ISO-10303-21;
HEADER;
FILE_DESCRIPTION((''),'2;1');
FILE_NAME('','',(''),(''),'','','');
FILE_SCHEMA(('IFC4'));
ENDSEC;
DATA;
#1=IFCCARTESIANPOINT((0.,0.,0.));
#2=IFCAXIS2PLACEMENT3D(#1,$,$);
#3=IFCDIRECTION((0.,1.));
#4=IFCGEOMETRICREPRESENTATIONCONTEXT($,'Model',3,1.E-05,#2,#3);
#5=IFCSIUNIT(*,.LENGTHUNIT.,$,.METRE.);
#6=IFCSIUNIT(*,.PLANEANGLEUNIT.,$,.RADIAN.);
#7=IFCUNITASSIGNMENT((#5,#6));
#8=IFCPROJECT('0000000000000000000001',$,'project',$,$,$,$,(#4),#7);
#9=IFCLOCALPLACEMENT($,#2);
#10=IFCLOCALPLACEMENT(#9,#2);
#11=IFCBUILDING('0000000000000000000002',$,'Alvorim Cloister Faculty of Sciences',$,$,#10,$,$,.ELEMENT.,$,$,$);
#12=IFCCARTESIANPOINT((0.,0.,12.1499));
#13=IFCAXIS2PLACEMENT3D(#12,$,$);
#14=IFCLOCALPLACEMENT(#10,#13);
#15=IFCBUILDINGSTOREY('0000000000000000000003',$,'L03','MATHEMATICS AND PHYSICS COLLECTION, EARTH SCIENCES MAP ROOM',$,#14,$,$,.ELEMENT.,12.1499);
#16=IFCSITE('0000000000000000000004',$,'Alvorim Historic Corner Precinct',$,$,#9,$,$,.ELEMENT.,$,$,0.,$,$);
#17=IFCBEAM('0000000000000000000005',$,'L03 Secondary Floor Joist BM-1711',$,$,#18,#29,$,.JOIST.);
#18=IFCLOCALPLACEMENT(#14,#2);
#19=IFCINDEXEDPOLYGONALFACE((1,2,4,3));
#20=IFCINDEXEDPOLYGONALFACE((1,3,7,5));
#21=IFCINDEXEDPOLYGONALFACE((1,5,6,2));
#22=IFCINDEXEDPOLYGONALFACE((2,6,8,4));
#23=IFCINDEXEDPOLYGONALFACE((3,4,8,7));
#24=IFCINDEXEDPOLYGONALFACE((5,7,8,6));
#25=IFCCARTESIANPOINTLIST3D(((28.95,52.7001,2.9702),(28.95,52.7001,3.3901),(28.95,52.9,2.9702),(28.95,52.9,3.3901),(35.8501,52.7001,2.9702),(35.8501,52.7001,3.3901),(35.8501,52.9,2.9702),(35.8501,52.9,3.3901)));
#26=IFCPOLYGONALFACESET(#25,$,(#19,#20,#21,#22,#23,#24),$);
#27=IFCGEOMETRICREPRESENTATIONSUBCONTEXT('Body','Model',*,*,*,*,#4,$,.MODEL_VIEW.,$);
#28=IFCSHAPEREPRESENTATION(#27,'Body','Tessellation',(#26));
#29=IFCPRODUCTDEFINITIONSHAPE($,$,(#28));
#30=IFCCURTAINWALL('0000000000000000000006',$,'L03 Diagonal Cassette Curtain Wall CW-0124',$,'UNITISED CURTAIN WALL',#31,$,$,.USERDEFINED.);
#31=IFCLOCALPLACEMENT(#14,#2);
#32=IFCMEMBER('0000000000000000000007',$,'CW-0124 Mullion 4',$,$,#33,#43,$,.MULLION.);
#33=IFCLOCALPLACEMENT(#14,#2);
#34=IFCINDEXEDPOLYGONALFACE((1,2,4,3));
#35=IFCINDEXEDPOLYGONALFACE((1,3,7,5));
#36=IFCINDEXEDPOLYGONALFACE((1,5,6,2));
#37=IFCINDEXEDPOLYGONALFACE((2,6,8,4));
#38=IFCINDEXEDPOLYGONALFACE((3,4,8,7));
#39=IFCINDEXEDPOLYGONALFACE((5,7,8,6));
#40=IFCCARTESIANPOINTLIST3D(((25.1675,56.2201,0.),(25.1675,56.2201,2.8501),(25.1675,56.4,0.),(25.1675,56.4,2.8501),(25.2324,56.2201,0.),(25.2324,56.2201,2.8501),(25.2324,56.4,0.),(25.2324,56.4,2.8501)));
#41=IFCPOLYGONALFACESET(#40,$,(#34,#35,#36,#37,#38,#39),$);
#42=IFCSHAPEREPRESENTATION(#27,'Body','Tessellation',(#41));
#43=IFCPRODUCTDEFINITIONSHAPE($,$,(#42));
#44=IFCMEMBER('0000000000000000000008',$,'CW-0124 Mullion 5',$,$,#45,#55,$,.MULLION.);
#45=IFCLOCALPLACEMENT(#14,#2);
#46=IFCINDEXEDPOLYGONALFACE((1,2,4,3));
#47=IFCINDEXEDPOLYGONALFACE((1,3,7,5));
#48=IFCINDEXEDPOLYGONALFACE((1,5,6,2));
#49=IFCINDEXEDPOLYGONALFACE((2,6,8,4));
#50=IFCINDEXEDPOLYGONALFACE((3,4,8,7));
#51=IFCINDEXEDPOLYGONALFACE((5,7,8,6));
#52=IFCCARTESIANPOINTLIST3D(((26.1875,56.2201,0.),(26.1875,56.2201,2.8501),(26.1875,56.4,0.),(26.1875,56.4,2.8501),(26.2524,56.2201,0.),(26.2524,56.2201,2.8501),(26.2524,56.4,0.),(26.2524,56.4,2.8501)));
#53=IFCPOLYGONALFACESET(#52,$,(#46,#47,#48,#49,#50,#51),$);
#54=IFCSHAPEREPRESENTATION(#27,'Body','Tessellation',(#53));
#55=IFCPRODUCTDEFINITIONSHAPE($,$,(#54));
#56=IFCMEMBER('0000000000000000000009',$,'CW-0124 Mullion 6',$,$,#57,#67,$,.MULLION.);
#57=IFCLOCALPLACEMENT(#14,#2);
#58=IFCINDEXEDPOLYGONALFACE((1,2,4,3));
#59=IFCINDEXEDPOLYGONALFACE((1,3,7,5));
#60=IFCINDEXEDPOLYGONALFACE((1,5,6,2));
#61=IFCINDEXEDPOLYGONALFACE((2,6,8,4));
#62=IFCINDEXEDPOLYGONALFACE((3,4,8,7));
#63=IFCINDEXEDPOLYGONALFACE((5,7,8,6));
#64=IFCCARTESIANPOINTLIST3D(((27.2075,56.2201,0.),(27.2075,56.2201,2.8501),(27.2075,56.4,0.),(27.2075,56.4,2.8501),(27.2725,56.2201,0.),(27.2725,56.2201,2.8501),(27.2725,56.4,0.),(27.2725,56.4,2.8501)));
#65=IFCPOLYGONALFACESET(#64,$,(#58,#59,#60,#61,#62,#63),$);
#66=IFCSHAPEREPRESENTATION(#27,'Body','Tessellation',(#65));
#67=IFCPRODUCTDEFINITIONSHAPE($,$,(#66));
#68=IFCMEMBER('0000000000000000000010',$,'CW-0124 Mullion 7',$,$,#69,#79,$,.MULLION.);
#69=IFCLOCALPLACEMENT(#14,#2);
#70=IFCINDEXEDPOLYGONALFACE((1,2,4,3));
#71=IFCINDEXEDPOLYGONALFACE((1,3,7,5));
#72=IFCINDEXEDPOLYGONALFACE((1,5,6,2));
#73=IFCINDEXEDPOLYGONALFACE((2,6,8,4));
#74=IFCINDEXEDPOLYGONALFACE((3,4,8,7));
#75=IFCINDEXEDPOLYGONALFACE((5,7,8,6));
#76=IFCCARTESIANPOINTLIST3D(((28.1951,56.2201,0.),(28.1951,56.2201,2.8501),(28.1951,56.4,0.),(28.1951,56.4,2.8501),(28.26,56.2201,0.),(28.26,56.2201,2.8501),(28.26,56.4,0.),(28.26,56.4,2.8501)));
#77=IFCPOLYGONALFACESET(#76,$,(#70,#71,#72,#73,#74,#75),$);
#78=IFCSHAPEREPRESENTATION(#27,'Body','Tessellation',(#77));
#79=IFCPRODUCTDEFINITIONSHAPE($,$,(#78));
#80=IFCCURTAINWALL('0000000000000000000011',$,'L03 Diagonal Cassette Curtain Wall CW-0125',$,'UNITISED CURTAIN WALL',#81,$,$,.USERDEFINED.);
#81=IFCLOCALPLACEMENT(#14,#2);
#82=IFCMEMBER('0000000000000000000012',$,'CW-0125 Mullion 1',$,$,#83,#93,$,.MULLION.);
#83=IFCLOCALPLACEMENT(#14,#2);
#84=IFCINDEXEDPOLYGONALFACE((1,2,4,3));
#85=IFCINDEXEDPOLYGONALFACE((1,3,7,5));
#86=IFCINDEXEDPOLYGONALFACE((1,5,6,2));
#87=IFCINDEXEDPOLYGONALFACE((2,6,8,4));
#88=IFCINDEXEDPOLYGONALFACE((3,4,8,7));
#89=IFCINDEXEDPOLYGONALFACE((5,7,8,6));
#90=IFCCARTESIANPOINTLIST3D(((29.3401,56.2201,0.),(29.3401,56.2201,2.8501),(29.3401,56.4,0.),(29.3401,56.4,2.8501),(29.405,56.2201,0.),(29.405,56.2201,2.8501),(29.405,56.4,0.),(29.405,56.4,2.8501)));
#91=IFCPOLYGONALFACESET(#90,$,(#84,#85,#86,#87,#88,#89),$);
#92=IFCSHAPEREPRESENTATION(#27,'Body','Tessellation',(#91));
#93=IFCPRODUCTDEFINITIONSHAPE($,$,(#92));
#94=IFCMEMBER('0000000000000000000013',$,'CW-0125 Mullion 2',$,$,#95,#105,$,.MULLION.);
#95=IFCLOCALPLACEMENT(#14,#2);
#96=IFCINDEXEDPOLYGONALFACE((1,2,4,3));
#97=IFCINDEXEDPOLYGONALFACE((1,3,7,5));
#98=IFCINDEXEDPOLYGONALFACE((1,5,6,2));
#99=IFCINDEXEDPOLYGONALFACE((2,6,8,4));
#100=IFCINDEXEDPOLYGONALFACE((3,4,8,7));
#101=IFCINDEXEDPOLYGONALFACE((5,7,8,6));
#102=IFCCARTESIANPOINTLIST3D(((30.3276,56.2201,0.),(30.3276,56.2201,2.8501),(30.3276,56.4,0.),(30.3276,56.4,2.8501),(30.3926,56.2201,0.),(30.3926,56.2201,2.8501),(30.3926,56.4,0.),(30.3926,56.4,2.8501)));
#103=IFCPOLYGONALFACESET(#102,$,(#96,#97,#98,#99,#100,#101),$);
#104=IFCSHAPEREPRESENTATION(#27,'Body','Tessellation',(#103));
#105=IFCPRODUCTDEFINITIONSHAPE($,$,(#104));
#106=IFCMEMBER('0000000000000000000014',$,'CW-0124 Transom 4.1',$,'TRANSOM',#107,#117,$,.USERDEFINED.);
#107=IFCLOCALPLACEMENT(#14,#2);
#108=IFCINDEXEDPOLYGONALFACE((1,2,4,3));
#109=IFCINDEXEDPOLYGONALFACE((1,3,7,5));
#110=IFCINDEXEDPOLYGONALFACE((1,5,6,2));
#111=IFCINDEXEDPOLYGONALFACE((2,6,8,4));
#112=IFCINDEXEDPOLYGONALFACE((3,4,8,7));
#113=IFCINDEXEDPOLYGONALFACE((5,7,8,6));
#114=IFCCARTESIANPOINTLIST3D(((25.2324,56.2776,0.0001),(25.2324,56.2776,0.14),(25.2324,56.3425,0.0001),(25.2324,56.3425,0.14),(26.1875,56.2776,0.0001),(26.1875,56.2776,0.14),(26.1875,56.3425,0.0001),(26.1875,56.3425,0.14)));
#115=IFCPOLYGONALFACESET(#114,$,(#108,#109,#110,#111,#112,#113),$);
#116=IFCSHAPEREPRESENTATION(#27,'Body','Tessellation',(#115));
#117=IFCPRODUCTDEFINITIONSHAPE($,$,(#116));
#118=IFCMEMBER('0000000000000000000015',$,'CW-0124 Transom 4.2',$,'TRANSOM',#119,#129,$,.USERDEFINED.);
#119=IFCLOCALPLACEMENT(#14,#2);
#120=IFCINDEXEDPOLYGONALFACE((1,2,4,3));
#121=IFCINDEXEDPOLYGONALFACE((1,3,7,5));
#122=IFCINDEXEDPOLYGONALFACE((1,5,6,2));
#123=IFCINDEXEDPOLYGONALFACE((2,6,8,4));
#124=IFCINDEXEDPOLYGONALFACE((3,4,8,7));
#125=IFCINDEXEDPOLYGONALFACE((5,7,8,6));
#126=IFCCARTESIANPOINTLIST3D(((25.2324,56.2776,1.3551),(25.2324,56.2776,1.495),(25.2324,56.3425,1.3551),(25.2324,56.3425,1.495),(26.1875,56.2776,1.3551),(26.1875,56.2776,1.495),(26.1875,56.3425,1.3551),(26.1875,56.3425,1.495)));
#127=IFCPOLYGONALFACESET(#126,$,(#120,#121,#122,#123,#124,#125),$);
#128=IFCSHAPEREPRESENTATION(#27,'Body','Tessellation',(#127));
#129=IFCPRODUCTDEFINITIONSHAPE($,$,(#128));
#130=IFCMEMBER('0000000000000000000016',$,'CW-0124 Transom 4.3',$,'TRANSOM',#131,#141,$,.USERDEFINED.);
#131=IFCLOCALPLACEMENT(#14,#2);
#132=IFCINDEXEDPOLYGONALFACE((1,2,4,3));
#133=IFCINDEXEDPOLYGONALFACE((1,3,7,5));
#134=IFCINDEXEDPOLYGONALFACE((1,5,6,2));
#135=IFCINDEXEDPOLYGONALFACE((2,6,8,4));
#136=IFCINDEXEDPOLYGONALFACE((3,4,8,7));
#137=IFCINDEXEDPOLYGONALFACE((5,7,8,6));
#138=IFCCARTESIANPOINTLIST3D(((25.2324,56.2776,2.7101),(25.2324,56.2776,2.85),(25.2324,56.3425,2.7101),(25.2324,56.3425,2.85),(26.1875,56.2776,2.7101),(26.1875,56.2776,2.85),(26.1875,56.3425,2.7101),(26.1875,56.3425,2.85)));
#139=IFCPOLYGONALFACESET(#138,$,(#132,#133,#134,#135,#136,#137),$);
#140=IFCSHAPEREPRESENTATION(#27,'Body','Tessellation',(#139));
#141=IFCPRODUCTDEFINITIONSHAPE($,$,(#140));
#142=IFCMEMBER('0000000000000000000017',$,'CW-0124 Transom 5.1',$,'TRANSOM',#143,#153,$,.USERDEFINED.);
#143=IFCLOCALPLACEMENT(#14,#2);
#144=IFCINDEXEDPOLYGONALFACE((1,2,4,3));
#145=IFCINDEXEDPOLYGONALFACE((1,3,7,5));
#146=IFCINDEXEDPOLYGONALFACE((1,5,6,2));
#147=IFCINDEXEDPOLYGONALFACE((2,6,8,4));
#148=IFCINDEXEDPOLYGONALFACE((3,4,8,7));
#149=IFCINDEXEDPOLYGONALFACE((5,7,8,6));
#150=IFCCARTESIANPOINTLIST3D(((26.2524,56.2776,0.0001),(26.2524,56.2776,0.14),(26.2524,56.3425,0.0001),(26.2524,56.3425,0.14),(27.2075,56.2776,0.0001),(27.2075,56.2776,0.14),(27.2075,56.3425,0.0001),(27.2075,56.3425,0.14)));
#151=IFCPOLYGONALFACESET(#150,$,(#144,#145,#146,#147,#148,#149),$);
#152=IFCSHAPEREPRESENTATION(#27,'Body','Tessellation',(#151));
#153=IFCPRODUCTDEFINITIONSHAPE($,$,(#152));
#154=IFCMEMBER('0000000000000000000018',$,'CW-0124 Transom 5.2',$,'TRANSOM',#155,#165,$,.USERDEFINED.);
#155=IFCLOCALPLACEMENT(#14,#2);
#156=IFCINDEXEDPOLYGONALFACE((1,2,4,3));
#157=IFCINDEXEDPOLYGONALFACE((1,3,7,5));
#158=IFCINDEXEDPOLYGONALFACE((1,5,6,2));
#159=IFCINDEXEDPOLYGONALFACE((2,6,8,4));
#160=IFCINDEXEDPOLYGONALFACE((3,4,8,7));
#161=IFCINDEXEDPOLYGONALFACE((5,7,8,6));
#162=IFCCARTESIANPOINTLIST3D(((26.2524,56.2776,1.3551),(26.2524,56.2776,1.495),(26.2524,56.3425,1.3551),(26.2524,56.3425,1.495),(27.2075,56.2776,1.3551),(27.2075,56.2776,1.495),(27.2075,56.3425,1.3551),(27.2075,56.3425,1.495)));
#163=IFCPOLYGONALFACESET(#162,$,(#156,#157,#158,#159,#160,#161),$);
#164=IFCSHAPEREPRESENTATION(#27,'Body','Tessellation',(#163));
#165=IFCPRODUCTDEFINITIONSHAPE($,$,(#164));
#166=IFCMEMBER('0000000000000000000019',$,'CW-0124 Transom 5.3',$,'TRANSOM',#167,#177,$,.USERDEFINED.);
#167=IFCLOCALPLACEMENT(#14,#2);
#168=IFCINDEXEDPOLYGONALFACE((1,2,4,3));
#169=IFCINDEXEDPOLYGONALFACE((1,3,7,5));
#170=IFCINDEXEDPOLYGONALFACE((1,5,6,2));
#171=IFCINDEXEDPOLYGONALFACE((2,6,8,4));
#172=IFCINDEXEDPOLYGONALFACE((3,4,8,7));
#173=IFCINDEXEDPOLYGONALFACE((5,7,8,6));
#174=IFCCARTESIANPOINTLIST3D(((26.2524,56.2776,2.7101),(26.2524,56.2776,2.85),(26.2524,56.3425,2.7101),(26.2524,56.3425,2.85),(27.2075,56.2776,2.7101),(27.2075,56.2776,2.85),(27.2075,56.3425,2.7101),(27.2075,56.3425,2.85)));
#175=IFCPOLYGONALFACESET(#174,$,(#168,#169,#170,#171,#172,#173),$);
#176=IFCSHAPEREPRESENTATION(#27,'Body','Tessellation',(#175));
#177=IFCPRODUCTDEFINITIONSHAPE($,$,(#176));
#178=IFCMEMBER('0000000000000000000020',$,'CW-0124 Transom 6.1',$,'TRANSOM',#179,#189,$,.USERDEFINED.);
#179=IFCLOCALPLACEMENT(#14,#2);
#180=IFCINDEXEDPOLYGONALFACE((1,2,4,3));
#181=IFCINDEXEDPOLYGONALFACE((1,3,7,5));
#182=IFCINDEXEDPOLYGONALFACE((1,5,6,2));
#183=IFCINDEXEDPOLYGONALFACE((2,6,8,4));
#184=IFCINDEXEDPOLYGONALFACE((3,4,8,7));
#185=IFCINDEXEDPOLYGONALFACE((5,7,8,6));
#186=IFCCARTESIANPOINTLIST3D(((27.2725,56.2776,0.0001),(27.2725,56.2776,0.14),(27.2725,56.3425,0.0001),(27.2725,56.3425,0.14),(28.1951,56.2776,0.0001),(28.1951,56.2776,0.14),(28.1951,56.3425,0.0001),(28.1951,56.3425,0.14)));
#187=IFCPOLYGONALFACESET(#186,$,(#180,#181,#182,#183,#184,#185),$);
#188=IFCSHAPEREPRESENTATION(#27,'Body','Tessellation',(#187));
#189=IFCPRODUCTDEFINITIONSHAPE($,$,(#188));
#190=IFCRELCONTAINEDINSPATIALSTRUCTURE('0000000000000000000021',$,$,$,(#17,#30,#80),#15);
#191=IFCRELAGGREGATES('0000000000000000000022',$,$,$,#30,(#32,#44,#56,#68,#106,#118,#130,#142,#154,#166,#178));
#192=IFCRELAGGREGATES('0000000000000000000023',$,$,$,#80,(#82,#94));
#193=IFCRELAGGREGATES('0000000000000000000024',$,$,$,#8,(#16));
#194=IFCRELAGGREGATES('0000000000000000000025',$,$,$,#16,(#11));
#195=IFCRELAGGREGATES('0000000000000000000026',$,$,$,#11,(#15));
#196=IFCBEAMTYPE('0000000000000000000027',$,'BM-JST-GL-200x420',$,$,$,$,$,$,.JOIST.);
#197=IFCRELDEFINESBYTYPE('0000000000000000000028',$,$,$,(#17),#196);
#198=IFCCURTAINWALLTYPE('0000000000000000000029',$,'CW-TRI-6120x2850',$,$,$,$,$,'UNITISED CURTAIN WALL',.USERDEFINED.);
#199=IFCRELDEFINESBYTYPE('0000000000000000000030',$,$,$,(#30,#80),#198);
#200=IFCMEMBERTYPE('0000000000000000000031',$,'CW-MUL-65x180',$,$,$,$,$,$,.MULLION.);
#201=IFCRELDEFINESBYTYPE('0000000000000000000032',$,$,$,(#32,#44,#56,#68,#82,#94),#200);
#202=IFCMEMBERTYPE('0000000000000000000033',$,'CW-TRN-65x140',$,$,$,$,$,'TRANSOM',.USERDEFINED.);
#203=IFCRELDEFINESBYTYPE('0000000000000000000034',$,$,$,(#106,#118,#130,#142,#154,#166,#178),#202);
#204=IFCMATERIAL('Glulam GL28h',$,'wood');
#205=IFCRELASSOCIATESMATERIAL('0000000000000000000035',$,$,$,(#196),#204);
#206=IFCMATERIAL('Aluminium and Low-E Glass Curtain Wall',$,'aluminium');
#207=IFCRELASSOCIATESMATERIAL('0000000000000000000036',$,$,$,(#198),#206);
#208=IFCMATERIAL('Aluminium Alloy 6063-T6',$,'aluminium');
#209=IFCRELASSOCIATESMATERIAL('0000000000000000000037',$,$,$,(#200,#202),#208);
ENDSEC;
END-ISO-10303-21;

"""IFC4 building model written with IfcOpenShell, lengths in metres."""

from ifc_helpers import new_model, si_unit, direction, frame, origin, origin_2d, place, context, subcontext, project, spatial, rectangle, extrude, material, material_profile, profile_set, type_object, element, aggregate, save


model = new_model("IFC4")

# Units and contexts
model_context = context("Model", 3, precision=1e-05, world=origin(), true_north=direction((0.0, 1.0)))
body_context = subcontext(model_context, "Body", "Model", "MODEL_VIEW")
ifc_project = project(units=[si_unit("LENGTHUNIT", "METRE"), si_unit("PLANEANGLEUNIT", "RADIAN")], contexts=[model_context])

# Site, building, storey
site_placement = place(None, origin())
site = spatial("IfcSite", under=ifc_project, at=site_placement, Name="Alvorim Historic Corner Precinct", CompositionType="ELEMENT", RefElevation=0.0)
building_placement = place(site_placement, origin())
building = spatial("IfcBuilding", under=site, at=building_placement, Name="Alvorim Cloister Faculty of Sciences", CompositionType="ELEMENT")
storey_placement = place(building_placement, frame((0.0, 0.0, 12.1499)))
storey = spatial("IfcBuildingStorey", under=building, at=storey_placement, Name="L03", Description="MATHEMATICS AND PHYSICS COLLECTION, EARTH SCIENCES MAP ROOM", CompositionType="ELEMENT", Elevation=12.1499)

# Beam
ifc_material_1 = material(Name="Glulam GL28h", Category="wood")
ifc_material_profile_1 = material_profile(ifc_material_1, rectangle(XDim=0.2, YDim=0.4199, at=origin_2d()), Name="GL28-JST-200x420")
ifc_profile_set_1 = profile_set([ifc_material_profile_1], Name="Glulam GL28h")
beam_type = type_object("IfcBeamType", Name="BM-JST-GL-200x420", PredefinedType="JOIST", material=ifc_profile_set_1)
beam_placement = place(storey_placement, frame((28.95, 52.8, 3.1802), z_axis=(1.0, 0.0, 0.0), x_axis=(0.0, 1.0, 0.0)))
element("IfcBeam", 1, at=beam_placement, inside=storey, type_object=beam_type, Name="L03 Secondary Floor Joist BM-1711", PredefinedType="JOIST", context=body_context, shape_type="SweptSolid", body=[
    extrude(rectangle(XDim=0.2, YDim=0.4199, at=origin_2d()), origin(), (0.0, 0.0, 1.0), 6.9001),
])

# Curtain walls, members
ifc_material_2 = material(Name="Aluminium and Low-E Glass Curtain Wall", Category="aluminium")
curtain_wall_type = type_object("IfcCurtainWallType", Name="CW-TRI-6120x2850", ElementType="UNITISED CURTAIN WALL", PredefinedType="USERDEFINED", material=ifc_material_2)
curtain_wall_1_placement = place(storey_placement, origin())
curtain_wall_1 = element("IfcCurtainWall", 2, at=curtain_wall_1_placement, inside=storey, type_object=curtain_wall_type, Name="L03 Diagonal Cassette Curtain Wall CW-0124", ObjectType="UNITISED CURTAIN WALL", PredefinedType="USERDEFINED")
ifc_material_3 = material(Name="Aluminium Alloy 6063-T6", Category="aluminium")
ifc_material_profile_2 = material_profile(ifc_material_3, rectangle(XDim=0.0649, YDim=0.1799, at=origin_2d()), Name="ALU-MUL-65x180")
ifc_profile_set_2 = profile_set([ifc_material_profile_2], Name="Aluminium Alloy 6063-T6")
member_type_1 = type_object("IfcMemberType", Name="CW-MUL-65x180", PredefinedType="MULLION", material=ifc_profile_set_2)
member_1_placement = place(storey_placement, frame((25.2, 56.3101, 0.0), z_axis=(0.0, 0.0, 1.0), x_axis=(1.0, 0.0, 0.0)))
member_1 = element("IfcMember", 3, at=member_1_placement, type_object=member_type_1, Name="CW-0124 Mullion 4", PredefinedType="MULLION", context=body_context, shape_type="SweptSolid", body=[
    extrude(rectangle(XDim=0.0649, YDim=0.1799, at=origin_2d()), origin(), (0.0, 0.0, 1.0), 2.8501),
])
member_2_placement = place(storey_placement, frame((26.22, 56.3101, 0.0), z_axis=(0.0, 0.0, 1.0), x_axis=(1.0, 0.0, 0.0)))
member_2 = element("IfcMember", 4, at=member_2_placement, type_object=member_type_1, Name="CW-0124 Mullion 5", PredefinedType="MULLION", context=body_context, shape_type="SweptSolid", body=[
    extrude(rectangle(XDim=0.0649, YDim=0.1799, at=origin_2d()), origin(), (0.0, 0.0, 1.0), 2.8501),
])
member_3_placement = place(storey_placement, frame((27.24, 56.3101, 0.0), z_axis=(0.0, 0.0, 1.0), x_axis=(1.0, 0.0, 0.0)))
member_3 = element("IfcMember", 5, at=member_3_placement, type_object=member_type_1, Name="CW-0124 Mullion 6", PredefinedType="MULLION", context=body_context, shape_type="SweptSolid", body=[
    extrude(rectangle(XDim=0.0649, YDim=0.1799, at=origin_2d()), origin(), (0.0, 0.0, 1.0), 2.8501),
])
member_4_placement = place(storey_placement, frame((28.2275, 56.3101, 0.0), z_axis=(0.0, 0.0, 1.0), x_axis=(1.0, 0.0, 0.0)))
member_4 = element("IfcMember", 6, at=member_4_placement, type_object=member_type_1, Name="CW-0124 Mullion 7", PredefinedType="MULLION", context=body_context, shape_type="SweptSolid", body=[
    extrude(rectangle(XDim=0.0649, YDim=0.1799, at=origin_2d()), origin(), (0.0, 0.0, 1.0), 2.8501),
])
curtain_wall_2_placement = place(storey_placement, origin())
curtain_wall_2 = element("IfcCurtainWall", 7, at=curtain_wall_2_placement, inside=storey, type_object=curtain_wall_type, Name="L03 Diagonal Cassette Curtain Wall CW-0125", ObjectType="UNITISED CURTAIN WALL", PredefinedType="USERDEFINED")
member_5_placement = place(storey_placement, frame((29.3726, 56.3101, 0.0), z_axis=(0.0, 0.0, 1.0), x_axis=(1.0, 0.0, 0.0)))
member_5 = element("IfcMember", 8, at=member_5_placement, type_object=member_type_1, Name="CW-0125 Mullion 1", PredefinedType="MULLION", context=body_context, shape_type="SweptSolid", body=[
    extrude(rectangle(XDim=0.0649, YDim=0.1799, at=origin_2d()), origin(), (0.0, 0.0, 1.0), 2.8501),
])
member_6_placement = place(storey_placement, frame((30.3601, 56.3101, 0.0), z_axis=(0.0, 0.0, 1.0), x_axis=(1.0, 0.0, 0.0)))
member_6 = element("IfcMember", 9, at=member_6_placement, type_object=member_type_1, Name="CW-0125 Mullion 2", PredefinedType="MULLION", context=body_context, shape_type="SweptSolid", body=[
    extrude(rectangle(XDim=0.0649, YDim=0.1799, at=origin_2d()), origin(), (0.0, 0.0, 1.0), 2.8501),
])

# Members
ifc_material_profile_3 = material_profile(ifc_material_3, rectangle(XDim=0.0649, YDim=0.1399, at=origin_2d()), Name="ALU-TRN-65x140")
ifc_profile_set_3 = profile_set([ifc_material_profile_3], Name="Aluminium Alloy 6063-T6")
member_type_2 = type_object("IfcMemberType", Name="CW-TRN-65x140", ElementType="TRANSOM", PredefinedType="USERDEFINED", material=ifc_profile_set_3)
member_7_placement = place(storey_placement, frame((25.2324, 56.3101, 0.0701), z_axis=(1.0, 0.0, 0.0), x_axis=(0.0, 1.0, 0.0)))
member_7 = element("IfcMember", 10, at=member_7_placement, type_object=member_type_2, Name="CW-0124 Transom 4.1", ObjectType="TRANSOM", PredefinedType="USERDEFINED", context=body_context, shape_type="SweptSolid", body=[
    extrude(rectangle(XDim=0.0649, YDim=0.1399, at=origin_2d()), origin(), (0.0, 0.0, 1.0), 0.9551),
])
member_8_placement = place(storey_placement, frame((25.2324, 56.3101, 1.425), z_axis=(1.0, 0.0, 0.0), x_axis=(0.0, 1.0, 0.0)))
member_8 = element("IfcMember", 11, at=member_8_placement, type_object=member_type_2, Name="CW-0124 Transom 4.2", ObjectType="TRANSOM", PredefinedType="USERDEFINED", context=body_context, shape_type="SweptSolid", body=[
    extrude(rectangle(XDim=0.0649, YDim=0.1399, at=origin_2d()), origin(), (0.0, 0.0, 1.0), 0.9551),
])
member_9_placement = place(storey_placement, frame((25.2324, 56.3101, 2.78), z_axis=(1.0, 0.0, 0.0), x_axis=(0.0, 1.0, 0.0)))
member_9 = element("IfcMember", 12, at=member_9_placement, type_object=member_type_2, Name="CW-0124 Transom 4.3", ObjectType="TRANSOM", PredefinedType="USERDEFINED", context=body_context, shape_type="SweptSolid", body=[
    extrude(rectangle(XDim=0.0649, YDim=0.1399, at=origin_2d()), origin(), (0.0, 0.0, 1.0), 0.9551),
])
member_10_placement = place(storey_placement, frame((26.2524, 56.3101, 0.0701), z_axis=(1.0, 0.0, 0.0), x_axis=(0.0, 1.0, 0.0)))
member_10 = element("IfcMember", 13, at=member_10_placement, type_object=member_type_2, Name="CW-0124 Transom 5.1", ObjectType="TRANSOM", PredefinedType="USERDEFINED", context=body_context, shape_type="SweptSolid", body=[
    extrude(rectangle(XDim=0.0649, YDim=0.1399, at=origin_2d()), origin(), (0.0, 0.0, 1.0), 0.9551),
])
member_11_placement = place(storey_placement, frame((26.2524, 56.3101, 1.425), z_axis=(1.0, 0.0, 0.0), x_axis=(0.0, 1.0, 0.0)))
member_11 = element("IfcMember", 14, at=member_11_placement, type_object=member_type_2, Name="CW-0124 Transom 5.2", ObjectType="TRANSOM", PredefinedType="USERDEFINED", context=body_context, shape_type="SweptSolid", body=[
    extrude(rectangle(XDim=0.0649, YDim=0.1399, at=origin_2d()), origin(), (0.0, 0.0, 1.0), 0.9551),
])
member_12_placement = place(storey_placement, frame((26.2524, 56.3101, 2.78), z_axis=(1.0, 0.0, 0.0), x_axis=(0.0, 1.0, 0.0)))
member_12 = element("IfcMember", 15, at=member_12_placement, type_object=member_type_2, Name="CW-0124 Transom 5.3", ObjectType="TRANSOM", PredefinedType="USERDEFINED", context=body_context, shape_type="SweptSolid", body=[
    extrude(rectangle(XDim=0.0649, YDim=0.1399, at=origin_2d()), origin(), (0.0, 0.0, 1.0), 0.9551),
])
member_13_placement = place(storey_placement, frame((27.2725, 56.3101, 0.0701), z_axis=(1.0, 0.0, 0.0), x_axis=(0.0, 1.0, 0.0)))
member_13 = element("IfcMember", 16, at=member_13_placement, type_object=member_type_2, Name="CW-0124 Transom 6.1", ObjectType="TRANSOM", PredefinedType="USERDEFINED", context=body_context, shape_type="SweptSolid", body=[
    extrude(rectangle(XDim=0.0649, YDim=0.1399, at=origin_2d()), origin(), (0.0, 0.0, 1.0), 0.9226),
])
aggregate(curtain_wall_1, [member_1, member_2, member_3, member_4, member_7, member_8, member_9, member_10, member_11, member_12, member_13])
aggregate(curtain_wall_2, [member_5, member_6])

save(model, "model.ifc")
